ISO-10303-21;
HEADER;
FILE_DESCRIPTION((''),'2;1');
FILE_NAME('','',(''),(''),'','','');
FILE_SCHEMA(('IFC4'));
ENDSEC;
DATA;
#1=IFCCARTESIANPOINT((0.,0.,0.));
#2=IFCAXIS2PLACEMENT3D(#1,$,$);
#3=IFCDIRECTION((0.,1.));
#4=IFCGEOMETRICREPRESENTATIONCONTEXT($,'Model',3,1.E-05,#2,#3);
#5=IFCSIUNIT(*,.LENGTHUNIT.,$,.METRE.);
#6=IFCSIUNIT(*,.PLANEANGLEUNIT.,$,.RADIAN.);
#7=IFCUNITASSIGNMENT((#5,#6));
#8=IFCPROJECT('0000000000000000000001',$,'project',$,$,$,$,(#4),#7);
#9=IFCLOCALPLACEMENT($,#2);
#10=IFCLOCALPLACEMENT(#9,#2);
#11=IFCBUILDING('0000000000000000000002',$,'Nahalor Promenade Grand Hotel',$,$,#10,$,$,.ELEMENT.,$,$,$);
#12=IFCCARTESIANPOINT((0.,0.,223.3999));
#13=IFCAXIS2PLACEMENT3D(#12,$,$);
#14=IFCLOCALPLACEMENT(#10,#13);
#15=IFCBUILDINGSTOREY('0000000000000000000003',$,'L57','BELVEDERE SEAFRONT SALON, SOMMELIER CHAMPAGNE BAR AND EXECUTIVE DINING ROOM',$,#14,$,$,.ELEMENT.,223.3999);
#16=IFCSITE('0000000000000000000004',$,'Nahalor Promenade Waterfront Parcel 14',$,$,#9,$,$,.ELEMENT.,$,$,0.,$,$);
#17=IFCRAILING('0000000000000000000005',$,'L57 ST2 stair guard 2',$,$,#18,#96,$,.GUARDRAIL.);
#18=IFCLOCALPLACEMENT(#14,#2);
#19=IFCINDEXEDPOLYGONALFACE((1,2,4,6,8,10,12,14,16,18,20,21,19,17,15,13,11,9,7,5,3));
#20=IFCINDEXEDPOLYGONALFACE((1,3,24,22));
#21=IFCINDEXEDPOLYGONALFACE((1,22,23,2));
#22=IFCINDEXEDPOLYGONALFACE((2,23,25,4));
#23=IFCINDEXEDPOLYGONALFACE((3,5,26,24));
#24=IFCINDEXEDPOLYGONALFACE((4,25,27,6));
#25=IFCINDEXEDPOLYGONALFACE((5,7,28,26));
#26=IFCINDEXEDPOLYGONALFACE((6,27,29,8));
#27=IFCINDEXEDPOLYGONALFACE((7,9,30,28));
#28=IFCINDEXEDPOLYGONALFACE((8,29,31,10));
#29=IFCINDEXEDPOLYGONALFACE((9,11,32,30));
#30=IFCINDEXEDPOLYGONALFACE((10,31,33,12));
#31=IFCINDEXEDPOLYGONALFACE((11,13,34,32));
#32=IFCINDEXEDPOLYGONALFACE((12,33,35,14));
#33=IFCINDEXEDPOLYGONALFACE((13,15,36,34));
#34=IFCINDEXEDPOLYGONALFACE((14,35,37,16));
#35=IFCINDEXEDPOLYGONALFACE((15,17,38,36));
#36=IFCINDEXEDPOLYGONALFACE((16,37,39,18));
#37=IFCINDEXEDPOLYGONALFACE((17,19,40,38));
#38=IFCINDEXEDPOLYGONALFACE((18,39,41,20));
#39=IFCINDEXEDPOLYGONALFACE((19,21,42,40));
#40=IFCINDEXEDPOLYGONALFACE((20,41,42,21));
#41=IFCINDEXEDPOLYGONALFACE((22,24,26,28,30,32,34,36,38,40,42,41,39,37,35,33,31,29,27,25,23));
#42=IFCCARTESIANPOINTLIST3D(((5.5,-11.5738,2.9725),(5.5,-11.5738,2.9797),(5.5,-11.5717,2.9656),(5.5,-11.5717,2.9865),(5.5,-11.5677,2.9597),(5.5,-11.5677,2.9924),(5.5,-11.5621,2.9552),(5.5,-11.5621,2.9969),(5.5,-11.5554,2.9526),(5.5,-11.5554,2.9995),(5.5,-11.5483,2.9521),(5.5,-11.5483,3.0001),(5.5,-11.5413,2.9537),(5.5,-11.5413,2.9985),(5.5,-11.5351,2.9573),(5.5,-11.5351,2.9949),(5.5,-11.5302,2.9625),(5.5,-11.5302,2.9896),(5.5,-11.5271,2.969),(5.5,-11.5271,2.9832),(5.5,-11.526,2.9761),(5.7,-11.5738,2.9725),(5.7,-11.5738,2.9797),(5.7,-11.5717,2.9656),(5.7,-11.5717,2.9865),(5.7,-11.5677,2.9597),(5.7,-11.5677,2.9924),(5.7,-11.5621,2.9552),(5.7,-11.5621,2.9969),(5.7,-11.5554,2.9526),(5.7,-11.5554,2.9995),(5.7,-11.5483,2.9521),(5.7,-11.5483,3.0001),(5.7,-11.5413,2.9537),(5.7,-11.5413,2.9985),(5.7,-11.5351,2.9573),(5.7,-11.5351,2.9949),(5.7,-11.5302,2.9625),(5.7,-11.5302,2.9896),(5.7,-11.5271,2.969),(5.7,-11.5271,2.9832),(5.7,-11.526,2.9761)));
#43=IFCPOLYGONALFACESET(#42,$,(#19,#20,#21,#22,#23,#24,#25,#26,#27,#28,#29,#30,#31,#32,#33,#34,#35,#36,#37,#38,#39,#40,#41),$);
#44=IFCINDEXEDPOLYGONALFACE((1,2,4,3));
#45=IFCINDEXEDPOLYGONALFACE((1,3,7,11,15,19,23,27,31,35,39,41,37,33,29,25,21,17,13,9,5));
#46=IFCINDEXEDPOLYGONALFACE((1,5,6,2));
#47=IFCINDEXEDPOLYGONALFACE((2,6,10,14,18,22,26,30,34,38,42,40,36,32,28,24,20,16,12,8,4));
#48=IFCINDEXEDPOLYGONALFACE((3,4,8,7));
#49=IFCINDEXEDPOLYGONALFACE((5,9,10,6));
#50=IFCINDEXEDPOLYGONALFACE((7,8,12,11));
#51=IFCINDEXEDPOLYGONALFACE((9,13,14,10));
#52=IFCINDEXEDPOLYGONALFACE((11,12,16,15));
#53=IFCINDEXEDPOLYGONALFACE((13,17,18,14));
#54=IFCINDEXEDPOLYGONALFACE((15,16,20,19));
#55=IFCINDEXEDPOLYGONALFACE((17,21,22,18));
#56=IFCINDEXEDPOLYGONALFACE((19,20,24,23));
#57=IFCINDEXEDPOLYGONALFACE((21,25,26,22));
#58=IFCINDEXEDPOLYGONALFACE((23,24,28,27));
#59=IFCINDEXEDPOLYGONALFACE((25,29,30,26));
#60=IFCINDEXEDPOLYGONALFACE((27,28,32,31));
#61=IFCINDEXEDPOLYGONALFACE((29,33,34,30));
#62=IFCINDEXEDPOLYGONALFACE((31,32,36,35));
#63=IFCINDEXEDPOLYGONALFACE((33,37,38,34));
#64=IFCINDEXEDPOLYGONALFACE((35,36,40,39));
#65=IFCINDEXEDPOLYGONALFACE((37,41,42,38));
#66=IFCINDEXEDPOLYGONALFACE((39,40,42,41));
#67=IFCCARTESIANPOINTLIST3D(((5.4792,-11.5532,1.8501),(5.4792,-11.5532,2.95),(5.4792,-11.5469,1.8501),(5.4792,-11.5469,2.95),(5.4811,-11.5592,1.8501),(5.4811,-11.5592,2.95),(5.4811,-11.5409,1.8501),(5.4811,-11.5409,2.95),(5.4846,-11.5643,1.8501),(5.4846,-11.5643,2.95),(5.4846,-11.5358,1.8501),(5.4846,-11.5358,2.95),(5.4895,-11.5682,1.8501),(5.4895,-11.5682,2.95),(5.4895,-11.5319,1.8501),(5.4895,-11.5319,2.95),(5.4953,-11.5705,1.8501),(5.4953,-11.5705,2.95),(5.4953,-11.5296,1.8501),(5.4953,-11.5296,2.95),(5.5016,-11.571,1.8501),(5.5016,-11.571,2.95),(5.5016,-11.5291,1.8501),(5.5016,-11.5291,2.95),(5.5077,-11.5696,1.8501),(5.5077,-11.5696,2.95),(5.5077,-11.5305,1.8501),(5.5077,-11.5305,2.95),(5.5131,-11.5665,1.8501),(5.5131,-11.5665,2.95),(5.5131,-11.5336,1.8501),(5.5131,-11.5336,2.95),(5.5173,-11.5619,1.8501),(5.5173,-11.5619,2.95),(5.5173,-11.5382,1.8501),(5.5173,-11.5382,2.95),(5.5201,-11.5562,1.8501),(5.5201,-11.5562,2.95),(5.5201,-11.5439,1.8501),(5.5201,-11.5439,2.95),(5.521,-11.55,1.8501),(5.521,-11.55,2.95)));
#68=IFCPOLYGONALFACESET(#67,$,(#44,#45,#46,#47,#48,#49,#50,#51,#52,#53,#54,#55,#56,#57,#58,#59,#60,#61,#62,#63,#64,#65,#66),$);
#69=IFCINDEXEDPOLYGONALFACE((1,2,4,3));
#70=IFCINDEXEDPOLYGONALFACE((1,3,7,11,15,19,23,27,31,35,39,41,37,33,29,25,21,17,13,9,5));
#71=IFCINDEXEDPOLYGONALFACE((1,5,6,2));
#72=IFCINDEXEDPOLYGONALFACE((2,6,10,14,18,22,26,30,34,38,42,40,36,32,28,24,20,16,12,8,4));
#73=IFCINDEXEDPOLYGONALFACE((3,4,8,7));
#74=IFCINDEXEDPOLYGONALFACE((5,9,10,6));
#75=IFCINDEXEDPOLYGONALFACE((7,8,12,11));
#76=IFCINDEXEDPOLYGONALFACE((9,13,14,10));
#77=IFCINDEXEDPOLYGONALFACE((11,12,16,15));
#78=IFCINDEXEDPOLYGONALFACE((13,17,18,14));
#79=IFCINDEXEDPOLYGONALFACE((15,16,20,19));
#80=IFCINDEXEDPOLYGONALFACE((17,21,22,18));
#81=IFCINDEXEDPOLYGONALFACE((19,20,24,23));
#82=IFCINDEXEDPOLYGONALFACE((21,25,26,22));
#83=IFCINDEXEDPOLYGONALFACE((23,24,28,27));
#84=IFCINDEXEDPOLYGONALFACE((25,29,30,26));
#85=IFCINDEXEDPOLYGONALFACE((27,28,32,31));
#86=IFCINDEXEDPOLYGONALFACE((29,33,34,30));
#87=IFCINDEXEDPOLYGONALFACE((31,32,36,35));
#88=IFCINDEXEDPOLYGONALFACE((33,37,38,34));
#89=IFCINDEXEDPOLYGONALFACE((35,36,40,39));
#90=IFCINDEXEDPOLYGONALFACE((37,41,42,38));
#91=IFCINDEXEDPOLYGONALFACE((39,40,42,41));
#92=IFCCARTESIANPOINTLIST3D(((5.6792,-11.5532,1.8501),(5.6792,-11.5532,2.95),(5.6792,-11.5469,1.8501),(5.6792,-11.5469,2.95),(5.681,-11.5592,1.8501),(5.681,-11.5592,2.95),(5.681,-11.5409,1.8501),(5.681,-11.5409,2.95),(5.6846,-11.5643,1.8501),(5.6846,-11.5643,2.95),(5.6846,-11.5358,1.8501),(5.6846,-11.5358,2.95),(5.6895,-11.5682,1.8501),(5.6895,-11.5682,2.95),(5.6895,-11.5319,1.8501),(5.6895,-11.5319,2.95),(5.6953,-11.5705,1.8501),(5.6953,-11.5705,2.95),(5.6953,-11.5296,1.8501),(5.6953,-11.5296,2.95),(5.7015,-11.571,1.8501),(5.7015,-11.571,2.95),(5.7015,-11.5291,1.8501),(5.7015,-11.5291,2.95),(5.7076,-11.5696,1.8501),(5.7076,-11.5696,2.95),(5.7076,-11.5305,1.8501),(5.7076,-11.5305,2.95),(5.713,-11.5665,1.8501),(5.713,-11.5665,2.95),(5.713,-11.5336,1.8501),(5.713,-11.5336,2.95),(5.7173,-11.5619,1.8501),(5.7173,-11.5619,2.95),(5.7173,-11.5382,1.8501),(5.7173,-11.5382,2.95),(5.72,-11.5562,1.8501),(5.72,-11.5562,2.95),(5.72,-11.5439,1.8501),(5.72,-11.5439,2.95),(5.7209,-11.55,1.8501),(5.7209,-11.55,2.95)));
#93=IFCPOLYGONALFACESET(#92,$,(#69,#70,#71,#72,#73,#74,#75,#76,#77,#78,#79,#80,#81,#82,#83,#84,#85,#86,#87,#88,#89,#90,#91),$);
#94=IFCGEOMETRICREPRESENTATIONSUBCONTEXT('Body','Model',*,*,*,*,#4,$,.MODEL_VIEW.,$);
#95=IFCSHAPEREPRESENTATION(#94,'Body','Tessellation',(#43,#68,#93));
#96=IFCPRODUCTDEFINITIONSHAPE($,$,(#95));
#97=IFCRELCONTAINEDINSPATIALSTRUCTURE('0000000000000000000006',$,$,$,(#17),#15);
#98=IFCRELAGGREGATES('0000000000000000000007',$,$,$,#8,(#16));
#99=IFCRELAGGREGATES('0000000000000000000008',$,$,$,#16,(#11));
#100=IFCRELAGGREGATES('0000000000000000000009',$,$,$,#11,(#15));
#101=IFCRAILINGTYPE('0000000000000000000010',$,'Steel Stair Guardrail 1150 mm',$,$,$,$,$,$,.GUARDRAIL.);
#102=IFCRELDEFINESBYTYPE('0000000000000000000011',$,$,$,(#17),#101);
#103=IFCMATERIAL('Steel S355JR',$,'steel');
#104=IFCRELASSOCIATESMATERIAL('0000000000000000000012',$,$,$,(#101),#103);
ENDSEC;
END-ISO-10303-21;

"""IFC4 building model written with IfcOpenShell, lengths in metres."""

from ifc_helpers import new_model, si_unit, direction, frame, origin, origin_2d, place, context, subcontext, project, spatial, circle, extrude, material, type_object, element, save


model = new_model("IFC4")

# Units and contexts
model_context = context("Model", 3, precision=1e-05, world=origin(), true_north=direction((0.0, 1.0)))
body_context = subcontext(model_context, "Body", "Model", "MODEL_VIEW")
ifc_project = project(units=[si_unit("LENGTHUNIT", "METRE"), si_unit("PLANEANGLEUNIT", "RADIAN")], contexts=[model_context])

# Site, building, storey
site_placement = place(None, origin())
site = spatial("IfcSite", under=ifc_project, at=site_placement, Name="Nahalor Promenade Waterfront Parcel 14", CompositionType="ELEMENT", RefElevation=0.0)
building_placement = place(site_placement, origin())
building = spatial("IfcBuilding", under=site, at=building_placement, Name="Nahalor Promenade Grand Hotel", CompositionType="ELEMENT")
storey_placement = place(building_placement, frame((0.0, 0.0, 223.3999)))
storey = spatial("IfcBuildingStorey", under=building, at=storey_placement, Name="L57", Description="BELVEDERE SEAFRONT SALON, SOMMELIER CHAMPAGNE BAR AND EXECUTIVE DINING ROOM", CompositionType="ELEMENT", Elevation=223.3999)

# Shared definitions
ifc_material_1 = material(Name="Steel S355JR", Category="steel")

# Railing
railing_type_1 = type_object("IfcRailingType", Name="Steel Stair Guardrail 1150 mm", PredefinedType="GUARDRAIL", material=ifc_material_1)
railing_1_placement = place(storey_placement, frame((5.5, -11.55, 1.8501)))
element("IfcRailing", 1, at=railing_1_placement, inside=storey, type_object=railing_type_1, Name="L57 ST2 stair guard 2", PredefinedType="GUARDRAIL", context=body_context, shape_type="SweptSolid", body=[
    extrude(circle(Radius=0.024, at=origin_2d()), frame((0.0, 0.0, 1.126), z_axis=(1.0, 0.0, 0.0), x_axis=(0.0, 1.0, 0.0)), (0.0, 0.0, 1.0), 0.2),
    extrude(circle(Radius=0.021, at=origin_2d()), origin(), (0.0, 0.0, 1.0), 1.0999),
    extrude(circle(Radius=0.021, at=origin_2d()), frame((0.2, 0.0, 0.0)), (0.0, 0.0, 1.0), 1.0999),
])

save(model, "model.ifc")
